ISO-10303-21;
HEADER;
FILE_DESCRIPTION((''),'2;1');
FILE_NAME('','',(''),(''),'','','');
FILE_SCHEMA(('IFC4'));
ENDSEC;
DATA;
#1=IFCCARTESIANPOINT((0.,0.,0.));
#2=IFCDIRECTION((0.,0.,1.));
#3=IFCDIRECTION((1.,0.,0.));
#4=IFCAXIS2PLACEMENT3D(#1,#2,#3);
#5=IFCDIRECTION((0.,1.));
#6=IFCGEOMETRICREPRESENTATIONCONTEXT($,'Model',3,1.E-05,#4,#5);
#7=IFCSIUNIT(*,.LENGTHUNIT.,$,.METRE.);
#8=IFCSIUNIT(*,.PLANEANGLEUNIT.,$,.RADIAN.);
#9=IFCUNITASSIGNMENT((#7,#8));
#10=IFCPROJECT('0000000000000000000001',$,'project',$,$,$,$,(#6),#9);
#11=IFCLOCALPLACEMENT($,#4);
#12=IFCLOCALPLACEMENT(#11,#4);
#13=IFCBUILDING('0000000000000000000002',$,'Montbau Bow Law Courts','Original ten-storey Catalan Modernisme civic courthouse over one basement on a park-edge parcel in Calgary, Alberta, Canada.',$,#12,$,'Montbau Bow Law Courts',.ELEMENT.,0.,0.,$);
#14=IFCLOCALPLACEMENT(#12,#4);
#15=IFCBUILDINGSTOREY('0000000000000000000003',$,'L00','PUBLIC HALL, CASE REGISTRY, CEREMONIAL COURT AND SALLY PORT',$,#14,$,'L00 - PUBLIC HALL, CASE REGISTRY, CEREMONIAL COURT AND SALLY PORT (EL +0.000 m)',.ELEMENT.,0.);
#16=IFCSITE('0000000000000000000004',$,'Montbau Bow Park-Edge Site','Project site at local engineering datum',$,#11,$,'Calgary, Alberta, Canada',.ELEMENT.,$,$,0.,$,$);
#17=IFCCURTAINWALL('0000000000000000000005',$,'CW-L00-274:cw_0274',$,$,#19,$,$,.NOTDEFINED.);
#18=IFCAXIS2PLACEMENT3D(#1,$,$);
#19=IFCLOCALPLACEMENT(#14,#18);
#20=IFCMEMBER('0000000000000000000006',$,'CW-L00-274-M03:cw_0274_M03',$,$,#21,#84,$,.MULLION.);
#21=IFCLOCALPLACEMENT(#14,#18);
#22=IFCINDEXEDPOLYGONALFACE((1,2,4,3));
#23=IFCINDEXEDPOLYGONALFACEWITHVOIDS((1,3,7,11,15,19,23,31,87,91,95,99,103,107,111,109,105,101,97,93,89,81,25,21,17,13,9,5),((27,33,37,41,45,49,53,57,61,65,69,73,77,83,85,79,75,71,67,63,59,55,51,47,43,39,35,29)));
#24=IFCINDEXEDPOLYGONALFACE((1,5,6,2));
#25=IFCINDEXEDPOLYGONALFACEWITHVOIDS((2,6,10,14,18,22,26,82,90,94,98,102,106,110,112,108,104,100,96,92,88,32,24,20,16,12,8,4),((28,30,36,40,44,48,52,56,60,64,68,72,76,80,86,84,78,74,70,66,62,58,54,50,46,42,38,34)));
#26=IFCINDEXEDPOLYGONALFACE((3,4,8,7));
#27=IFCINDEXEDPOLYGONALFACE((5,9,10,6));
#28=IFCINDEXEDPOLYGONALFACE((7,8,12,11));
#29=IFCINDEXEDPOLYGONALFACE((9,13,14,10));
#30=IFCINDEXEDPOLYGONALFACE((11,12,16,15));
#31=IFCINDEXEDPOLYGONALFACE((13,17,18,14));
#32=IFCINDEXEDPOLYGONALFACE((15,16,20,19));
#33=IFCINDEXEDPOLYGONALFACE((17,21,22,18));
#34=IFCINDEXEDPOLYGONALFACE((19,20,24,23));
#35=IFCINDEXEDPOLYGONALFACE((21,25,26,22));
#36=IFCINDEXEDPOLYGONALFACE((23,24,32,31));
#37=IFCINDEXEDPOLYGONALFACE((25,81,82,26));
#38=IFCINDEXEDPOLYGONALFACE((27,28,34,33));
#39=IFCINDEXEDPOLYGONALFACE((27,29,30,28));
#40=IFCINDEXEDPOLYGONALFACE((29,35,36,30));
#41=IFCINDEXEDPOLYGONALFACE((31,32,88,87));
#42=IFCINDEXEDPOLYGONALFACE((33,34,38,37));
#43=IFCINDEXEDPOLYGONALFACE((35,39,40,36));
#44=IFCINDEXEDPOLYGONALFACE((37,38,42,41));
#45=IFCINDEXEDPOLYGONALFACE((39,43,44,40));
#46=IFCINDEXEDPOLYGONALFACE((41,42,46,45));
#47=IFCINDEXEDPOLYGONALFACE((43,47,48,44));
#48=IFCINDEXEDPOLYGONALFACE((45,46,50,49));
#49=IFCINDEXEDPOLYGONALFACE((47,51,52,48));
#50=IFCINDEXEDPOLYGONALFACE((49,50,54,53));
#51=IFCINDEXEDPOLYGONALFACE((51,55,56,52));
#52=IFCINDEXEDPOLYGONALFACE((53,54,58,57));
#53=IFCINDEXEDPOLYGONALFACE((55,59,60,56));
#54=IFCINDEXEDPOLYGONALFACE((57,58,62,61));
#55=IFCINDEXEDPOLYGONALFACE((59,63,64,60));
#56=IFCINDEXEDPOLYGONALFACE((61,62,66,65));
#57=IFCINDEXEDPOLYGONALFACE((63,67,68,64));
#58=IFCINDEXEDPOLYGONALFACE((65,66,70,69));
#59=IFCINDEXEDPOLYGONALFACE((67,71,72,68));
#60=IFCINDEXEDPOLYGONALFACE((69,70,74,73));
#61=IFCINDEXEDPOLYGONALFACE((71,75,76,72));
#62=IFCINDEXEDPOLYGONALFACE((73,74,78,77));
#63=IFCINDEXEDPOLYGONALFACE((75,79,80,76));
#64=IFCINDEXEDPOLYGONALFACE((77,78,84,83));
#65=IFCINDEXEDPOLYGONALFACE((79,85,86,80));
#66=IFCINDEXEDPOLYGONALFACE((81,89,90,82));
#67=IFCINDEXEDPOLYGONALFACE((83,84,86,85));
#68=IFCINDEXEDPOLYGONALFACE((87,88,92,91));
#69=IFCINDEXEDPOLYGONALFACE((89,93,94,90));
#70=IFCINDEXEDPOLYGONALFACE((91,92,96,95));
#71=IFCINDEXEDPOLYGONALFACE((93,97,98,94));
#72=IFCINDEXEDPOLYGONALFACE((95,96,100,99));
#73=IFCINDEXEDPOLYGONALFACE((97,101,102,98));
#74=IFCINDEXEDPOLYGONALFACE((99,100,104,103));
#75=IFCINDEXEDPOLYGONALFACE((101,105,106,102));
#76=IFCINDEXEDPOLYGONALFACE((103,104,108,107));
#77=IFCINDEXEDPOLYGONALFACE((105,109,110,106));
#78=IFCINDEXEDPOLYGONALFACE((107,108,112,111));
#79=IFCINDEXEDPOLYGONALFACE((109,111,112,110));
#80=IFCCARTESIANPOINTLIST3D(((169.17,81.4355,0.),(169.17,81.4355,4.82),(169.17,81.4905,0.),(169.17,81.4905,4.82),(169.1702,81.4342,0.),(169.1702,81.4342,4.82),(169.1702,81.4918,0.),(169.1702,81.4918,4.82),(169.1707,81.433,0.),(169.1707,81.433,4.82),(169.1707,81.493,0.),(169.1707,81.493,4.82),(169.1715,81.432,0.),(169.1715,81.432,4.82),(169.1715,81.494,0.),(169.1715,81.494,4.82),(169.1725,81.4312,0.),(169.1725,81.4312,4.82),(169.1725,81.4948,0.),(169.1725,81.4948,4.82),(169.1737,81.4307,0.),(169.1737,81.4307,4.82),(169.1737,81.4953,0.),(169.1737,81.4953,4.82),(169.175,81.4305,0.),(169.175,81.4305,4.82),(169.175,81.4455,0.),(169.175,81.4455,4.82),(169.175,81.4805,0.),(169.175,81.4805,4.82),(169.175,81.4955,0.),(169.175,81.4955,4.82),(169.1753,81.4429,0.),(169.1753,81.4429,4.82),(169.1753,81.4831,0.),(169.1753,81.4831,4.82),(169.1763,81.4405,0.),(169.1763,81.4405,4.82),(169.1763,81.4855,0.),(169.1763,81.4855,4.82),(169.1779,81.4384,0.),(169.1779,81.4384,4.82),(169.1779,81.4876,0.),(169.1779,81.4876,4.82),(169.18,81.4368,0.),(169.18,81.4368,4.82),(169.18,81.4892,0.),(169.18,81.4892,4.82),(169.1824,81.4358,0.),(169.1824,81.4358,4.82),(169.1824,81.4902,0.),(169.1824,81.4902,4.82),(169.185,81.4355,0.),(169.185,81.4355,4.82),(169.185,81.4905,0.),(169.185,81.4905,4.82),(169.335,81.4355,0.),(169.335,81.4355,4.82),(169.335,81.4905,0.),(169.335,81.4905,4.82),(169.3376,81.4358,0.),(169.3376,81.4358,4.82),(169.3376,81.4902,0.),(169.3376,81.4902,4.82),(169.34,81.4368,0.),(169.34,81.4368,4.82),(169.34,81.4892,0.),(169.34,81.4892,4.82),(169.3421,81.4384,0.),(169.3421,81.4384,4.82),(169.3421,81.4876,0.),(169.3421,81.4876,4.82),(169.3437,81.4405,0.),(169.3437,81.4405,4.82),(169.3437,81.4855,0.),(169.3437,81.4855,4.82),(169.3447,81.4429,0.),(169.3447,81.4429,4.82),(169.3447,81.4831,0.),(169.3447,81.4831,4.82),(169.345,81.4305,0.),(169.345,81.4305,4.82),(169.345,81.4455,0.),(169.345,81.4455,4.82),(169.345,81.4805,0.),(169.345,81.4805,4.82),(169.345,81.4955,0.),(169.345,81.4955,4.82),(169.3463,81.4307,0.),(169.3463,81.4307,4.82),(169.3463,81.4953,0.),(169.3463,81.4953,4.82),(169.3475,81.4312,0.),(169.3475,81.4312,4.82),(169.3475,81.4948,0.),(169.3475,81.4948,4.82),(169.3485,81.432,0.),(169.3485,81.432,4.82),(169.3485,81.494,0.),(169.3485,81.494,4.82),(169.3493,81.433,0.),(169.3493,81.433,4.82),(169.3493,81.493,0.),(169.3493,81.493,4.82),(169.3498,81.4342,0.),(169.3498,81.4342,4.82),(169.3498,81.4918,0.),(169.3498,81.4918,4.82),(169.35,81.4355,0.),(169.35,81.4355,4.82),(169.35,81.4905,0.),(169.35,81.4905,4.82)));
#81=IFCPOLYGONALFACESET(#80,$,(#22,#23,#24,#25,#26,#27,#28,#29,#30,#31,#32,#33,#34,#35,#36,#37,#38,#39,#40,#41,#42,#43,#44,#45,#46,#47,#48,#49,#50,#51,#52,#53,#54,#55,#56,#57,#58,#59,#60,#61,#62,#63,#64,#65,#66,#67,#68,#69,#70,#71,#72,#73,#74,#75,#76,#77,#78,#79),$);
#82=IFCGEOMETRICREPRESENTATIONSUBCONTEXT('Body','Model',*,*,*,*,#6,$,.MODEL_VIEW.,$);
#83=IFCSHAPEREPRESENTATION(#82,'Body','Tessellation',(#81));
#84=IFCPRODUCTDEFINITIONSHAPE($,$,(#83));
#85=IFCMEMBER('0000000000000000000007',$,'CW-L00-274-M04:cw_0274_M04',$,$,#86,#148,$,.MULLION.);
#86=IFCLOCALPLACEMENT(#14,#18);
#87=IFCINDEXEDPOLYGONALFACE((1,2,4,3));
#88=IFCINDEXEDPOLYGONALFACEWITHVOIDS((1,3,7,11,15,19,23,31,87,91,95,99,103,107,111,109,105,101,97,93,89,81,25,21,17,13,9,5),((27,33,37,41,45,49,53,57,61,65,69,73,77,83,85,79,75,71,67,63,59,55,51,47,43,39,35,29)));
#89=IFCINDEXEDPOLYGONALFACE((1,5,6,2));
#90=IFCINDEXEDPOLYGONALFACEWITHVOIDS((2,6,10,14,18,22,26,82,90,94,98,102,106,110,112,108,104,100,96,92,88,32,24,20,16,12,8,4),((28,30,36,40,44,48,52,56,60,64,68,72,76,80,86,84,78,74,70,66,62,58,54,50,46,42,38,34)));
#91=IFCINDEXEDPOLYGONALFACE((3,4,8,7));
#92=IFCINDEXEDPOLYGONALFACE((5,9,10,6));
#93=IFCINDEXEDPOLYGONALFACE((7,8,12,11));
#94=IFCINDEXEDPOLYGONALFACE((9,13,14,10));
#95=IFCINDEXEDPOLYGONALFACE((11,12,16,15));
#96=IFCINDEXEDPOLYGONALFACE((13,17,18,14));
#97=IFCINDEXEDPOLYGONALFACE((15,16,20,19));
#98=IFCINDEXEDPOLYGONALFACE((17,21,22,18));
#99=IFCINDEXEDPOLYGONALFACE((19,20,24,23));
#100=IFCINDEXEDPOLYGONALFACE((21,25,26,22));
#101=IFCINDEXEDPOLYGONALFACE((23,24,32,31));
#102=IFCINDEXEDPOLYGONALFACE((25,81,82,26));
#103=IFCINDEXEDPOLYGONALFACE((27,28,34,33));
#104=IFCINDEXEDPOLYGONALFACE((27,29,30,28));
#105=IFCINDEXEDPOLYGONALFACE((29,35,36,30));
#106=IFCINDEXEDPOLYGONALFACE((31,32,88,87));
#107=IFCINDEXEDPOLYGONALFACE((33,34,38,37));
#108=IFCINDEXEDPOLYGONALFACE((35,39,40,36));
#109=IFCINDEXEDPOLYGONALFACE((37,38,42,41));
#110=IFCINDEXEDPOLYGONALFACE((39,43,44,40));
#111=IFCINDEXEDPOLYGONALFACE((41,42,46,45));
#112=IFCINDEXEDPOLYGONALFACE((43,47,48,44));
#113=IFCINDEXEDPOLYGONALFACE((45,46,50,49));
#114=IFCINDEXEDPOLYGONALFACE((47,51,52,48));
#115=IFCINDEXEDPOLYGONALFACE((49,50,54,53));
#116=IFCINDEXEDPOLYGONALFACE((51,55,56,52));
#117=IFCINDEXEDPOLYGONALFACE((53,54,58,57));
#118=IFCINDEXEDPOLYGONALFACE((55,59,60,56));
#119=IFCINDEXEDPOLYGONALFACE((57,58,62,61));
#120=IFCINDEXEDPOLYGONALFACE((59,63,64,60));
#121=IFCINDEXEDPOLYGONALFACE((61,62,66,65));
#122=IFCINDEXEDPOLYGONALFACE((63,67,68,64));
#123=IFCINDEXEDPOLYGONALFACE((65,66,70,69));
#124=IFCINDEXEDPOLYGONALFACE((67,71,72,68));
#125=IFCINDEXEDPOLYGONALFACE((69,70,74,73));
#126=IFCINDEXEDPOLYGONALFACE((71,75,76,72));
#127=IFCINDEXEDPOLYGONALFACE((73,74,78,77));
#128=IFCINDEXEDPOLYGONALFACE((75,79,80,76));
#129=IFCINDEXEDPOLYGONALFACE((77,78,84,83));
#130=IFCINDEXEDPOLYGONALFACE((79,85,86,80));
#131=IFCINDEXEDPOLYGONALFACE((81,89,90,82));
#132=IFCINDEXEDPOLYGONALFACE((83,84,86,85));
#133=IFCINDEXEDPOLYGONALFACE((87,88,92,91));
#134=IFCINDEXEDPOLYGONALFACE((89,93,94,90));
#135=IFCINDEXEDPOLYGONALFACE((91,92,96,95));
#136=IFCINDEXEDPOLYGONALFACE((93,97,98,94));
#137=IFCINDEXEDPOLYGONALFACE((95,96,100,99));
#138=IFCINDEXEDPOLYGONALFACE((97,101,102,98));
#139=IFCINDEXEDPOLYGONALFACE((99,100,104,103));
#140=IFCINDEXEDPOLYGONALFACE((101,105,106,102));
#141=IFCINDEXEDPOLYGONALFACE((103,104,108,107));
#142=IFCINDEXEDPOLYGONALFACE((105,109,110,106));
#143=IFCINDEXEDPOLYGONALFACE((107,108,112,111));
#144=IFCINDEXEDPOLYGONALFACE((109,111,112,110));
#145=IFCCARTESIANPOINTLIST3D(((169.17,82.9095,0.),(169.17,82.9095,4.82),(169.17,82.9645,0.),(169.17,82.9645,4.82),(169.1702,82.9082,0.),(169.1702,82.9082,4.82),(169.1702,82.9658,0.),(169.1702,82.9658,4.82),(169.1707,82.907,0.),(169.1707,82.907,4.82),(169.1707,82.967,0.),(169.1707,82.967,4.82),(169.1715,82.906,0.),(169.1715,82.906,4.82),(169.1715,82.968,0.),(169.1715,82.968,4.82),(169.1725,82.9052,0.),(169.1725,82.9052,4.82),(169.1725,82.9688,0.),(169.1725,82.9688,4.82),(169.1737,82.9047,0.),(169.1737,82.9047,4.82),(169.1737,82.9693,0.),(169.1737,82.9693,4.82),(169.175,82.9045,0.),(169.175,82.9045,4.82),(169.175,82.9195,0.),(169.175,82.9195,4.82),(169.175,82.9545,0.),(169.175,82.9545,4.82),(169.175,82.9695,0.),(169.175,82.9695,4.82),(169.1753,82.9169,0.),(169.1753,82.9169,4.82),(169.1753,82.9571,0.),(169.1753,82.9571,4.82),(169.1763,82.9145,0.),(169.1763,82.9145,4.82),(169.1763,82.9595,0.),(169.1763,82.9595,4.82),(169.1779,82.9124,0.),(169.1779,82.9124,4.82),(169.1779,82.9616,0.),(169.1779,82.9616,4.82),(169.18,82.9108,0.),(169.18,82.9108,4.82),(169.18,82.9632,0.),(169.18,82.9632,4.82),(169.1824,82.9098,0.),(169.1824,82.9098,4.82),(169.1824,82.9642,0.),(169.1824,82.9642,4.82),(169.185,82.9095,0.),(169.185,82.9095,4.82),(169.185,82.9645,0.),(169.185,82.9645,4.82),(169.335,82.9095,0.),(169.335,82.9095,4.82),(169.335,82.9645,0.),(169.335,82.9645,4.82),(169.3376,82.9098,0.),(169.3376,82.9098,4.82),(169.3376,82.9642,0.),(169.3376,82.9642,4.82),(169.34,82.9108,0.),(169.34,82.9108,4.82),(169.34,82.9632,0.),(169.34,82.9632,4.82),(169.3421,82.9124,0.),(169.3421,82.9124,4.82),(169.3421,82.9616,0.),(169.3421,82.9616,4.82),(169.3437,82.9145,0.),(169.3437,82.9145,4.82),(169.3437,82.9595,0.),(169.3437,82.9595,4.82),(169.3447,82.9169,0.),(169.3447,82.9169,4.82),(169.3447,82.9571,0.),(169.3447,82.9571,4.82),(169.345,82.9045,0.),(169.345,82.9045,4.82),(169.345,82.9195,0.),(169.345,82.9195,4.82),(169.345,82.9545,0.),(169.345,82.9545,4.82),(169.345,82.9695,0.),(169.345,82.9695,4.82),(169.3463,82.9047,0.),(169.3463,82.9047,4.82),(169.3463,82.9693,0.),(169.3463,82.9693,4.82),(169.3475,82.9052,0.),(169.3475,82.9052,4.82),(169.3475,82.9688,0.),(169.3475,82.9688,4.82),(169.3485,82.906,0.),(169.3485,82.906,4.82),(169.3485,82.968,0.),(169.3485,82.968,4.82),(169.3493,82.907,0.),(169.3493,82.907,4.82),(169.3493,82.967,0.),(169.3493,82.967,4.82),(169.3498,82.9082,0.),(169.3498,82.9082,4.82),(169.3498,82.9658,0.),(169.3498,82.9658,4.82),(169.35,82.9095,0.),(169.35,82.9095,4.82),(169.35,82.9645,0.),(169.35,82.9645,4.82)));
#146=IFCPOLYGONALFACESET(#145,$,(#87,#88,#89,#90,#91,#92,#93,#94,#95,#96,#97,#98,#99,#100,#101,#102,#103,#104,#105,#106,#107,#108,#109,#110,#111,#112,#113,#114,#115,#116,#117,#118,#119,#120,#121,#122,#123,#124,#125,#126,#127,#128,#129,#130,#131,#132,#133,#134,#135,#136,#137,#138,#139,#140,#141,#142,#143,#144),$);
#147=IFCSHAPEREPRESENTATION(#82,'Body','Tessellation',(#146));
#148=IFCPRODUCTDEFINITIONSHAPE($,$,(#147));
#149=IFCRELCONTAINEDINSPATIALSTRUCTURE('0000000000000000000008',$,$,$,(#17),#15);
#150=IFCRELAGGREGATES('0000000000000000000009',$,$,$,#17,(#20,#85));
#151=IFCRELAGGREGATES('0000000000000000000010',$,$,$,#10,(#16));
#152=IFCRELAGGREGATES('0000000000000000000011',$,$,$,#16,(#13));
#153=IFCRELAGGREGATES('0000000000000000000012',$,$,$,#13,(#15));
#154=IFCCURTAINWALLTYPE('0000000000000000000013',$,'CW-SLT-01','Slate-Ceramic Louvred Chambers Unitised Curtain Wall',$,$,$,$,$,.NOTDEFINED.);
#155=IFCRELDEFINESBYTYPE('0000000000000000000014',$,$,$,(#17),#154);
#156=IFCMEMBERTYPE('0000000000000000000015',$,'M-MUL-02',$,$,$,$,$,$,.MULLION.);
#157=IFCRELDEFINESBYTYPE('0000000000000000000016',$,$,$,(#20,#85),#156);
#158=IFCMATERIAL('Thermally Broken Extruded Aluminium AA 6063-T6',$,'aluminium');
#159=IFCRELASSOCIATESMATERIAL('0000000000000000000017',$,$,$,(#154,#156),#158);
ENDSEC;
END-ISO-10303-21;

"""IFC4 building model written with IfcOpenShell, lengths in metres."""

from ifc_helpers import new_model, si_unit, direction, frame, origin_with_axes, origin_2d_with_axis, place, context, subcontext, project, spatial, hollow_rectangle, extrude, material, material_profile, profile_set, type_object, element, aggregate, save


model = new_model("IFC4")

# Units and contexts
model_context = context("Model", 3, precision=1e-05, world=origin_with_axes(), true_north=direction((0.0, 1.0)))
body_context = subcontext(model_context, "Body", "Model", "MODEL_VIEW")
ifc_project = project(units=[si_unit("LENGTHUNIT", "METRE"), si_unit("PLANEANGLEUNIT", "RADIAN")], contexts=[model_context])

# Site, building, storey
site_placement = place(None, origin_with_axes())
site = spatial("IfcSite", under=ifc_project, at=site_placement, Name="Montbau Bow Park-Edge Site", Description="Project site at local engineering datum", LongName="Calgary, Alberta, Canada", CompositionType="ELEMENT", RefElevation=0.0)
building_placement = place(site_placement, origin_with_axes())
building = spatial("IfcBuilding", under=site, at=building_placement, Name="Montbau Bow Law Courts", Description="Original ten-storey Catalan Modernisme civic courthouse over one basement on a park-edge parcel in Calgary, Alberta, Canada.", LongName="Montbau Bow Law Courts", CompositionType="ELEMENT", ElevationOfRefHeight=0.0, ElevationOfTerrain=0.0)
storey_placement = place(building_placement, origin_with_axes())
storey = spatial("IfcBuildingStorey", under=building, at=storey_placement, Name="L00", Description="PUBLIC HALL, CASE REGISTRY, CEREMONIAL COURT AND SALLY PORT", LongName="L00 - PUBLIC HALL, CASE REGISTRY, CEREMONIAL COURT AND SALLY PORT (EL +0.000 m)", CompositionType="ELEMENT", Elevation=0.0)

# Curtain wall, members
ifc_material_1 = material(Name="Thermally Broken Extruded Aluminium AA 6063-T6", Category="aluminium")
curtain_wall_type = type_object("IfcCurtainWallType", Name="CW-SLT-01", Description="Slate-Ceramic Louvred Chambers Unitised Curtain Wall", PredefinedType="NOTDEFINED", material=ifc_material_1)
curtain_wall_placement = place(None, frame((169.26, 78.515, 0.0), z_axis=(0.0, 0.0, 1.0), x_axis=(1.0, 0.0, 0.0)))
curtain_wall = element("IfcCurtainWall", 1, at=curtain_wall_placement, inside=storey, type_object=curtain_wall_type, Name="CW-L00-274:cw_0274", PredefinedType="NOTDEFINED")
ifc_material_profile_1 = material_profile(ifc_material_1, hollow_rectangle(XDim=0.065, YDim=0.18, WallThickness=0.005, InnerFilletRadius=0.01, OuterFilletRadius=0.005, at=origin_2d_with_axis()), Name="CWM-180X65", Category="Main", Priority=0)
ifc_profile_set_1 = profile_set([ifc_material_profile_1], Name="Thermally Broken Extruded Aluminium AA 6063-T6")
member_type_1 = type_object("IfcMemberType", Name="M-MUL-02", PredefinedType="MULLION", material=ifc_profile_set_1)
member_1_placement = place(None, frame((169.26, 81.463, 0.0), z_axis=(0.0, 0.0, 1.0), x_axis=(0.0, 1.0, 0.0)))
member_1 = element("IfcMember", 2, at=member_1_placement, type_object=member_type_1, Name="CW-L00-274-M03:cw_0274_M03", PredefinedType="MULLION", context=body_context, shape_type="SweptSolid", body=[
    extrude(hollow_rectangle(XDim=0.065, YDim=0.18, WallThickness=0.005, InnerFilletRadius=0.01, OuterFilletRadius=0.005, at=origin_2d_with_axis()), origin_with_axes(), (0.0, 0.0, 1.0), 4.82),
])
member_2_placement = place(None, frame((169.26, 82.937, 0.0), z_axis=(0.0, 0.0, 1.0), x_axis=(0.0, 1.0, 0.0)))
member_2 = element("IfcMember", 3, at=member_2_placement, type_object=member_type_1, Name="CW-L00-274-M04:cw_0274_M04", PredefinedType="MULLION", context=body_context, shape_type="SweptSolid", body=[
    extrude(hollow_rectangle(XDim=0.065, YDim=0.18, WallThickness=0.005, InnerFilletRadius=0.01, OuterFilletRadius=0.005, at=origin_2d_with_axis()), origin_with_axes(), (0.0, 0.0, 1.0), 4.82),
])
aggregate(curtain_wall, [member_1, member_2])

save(model, "model.ifc")
